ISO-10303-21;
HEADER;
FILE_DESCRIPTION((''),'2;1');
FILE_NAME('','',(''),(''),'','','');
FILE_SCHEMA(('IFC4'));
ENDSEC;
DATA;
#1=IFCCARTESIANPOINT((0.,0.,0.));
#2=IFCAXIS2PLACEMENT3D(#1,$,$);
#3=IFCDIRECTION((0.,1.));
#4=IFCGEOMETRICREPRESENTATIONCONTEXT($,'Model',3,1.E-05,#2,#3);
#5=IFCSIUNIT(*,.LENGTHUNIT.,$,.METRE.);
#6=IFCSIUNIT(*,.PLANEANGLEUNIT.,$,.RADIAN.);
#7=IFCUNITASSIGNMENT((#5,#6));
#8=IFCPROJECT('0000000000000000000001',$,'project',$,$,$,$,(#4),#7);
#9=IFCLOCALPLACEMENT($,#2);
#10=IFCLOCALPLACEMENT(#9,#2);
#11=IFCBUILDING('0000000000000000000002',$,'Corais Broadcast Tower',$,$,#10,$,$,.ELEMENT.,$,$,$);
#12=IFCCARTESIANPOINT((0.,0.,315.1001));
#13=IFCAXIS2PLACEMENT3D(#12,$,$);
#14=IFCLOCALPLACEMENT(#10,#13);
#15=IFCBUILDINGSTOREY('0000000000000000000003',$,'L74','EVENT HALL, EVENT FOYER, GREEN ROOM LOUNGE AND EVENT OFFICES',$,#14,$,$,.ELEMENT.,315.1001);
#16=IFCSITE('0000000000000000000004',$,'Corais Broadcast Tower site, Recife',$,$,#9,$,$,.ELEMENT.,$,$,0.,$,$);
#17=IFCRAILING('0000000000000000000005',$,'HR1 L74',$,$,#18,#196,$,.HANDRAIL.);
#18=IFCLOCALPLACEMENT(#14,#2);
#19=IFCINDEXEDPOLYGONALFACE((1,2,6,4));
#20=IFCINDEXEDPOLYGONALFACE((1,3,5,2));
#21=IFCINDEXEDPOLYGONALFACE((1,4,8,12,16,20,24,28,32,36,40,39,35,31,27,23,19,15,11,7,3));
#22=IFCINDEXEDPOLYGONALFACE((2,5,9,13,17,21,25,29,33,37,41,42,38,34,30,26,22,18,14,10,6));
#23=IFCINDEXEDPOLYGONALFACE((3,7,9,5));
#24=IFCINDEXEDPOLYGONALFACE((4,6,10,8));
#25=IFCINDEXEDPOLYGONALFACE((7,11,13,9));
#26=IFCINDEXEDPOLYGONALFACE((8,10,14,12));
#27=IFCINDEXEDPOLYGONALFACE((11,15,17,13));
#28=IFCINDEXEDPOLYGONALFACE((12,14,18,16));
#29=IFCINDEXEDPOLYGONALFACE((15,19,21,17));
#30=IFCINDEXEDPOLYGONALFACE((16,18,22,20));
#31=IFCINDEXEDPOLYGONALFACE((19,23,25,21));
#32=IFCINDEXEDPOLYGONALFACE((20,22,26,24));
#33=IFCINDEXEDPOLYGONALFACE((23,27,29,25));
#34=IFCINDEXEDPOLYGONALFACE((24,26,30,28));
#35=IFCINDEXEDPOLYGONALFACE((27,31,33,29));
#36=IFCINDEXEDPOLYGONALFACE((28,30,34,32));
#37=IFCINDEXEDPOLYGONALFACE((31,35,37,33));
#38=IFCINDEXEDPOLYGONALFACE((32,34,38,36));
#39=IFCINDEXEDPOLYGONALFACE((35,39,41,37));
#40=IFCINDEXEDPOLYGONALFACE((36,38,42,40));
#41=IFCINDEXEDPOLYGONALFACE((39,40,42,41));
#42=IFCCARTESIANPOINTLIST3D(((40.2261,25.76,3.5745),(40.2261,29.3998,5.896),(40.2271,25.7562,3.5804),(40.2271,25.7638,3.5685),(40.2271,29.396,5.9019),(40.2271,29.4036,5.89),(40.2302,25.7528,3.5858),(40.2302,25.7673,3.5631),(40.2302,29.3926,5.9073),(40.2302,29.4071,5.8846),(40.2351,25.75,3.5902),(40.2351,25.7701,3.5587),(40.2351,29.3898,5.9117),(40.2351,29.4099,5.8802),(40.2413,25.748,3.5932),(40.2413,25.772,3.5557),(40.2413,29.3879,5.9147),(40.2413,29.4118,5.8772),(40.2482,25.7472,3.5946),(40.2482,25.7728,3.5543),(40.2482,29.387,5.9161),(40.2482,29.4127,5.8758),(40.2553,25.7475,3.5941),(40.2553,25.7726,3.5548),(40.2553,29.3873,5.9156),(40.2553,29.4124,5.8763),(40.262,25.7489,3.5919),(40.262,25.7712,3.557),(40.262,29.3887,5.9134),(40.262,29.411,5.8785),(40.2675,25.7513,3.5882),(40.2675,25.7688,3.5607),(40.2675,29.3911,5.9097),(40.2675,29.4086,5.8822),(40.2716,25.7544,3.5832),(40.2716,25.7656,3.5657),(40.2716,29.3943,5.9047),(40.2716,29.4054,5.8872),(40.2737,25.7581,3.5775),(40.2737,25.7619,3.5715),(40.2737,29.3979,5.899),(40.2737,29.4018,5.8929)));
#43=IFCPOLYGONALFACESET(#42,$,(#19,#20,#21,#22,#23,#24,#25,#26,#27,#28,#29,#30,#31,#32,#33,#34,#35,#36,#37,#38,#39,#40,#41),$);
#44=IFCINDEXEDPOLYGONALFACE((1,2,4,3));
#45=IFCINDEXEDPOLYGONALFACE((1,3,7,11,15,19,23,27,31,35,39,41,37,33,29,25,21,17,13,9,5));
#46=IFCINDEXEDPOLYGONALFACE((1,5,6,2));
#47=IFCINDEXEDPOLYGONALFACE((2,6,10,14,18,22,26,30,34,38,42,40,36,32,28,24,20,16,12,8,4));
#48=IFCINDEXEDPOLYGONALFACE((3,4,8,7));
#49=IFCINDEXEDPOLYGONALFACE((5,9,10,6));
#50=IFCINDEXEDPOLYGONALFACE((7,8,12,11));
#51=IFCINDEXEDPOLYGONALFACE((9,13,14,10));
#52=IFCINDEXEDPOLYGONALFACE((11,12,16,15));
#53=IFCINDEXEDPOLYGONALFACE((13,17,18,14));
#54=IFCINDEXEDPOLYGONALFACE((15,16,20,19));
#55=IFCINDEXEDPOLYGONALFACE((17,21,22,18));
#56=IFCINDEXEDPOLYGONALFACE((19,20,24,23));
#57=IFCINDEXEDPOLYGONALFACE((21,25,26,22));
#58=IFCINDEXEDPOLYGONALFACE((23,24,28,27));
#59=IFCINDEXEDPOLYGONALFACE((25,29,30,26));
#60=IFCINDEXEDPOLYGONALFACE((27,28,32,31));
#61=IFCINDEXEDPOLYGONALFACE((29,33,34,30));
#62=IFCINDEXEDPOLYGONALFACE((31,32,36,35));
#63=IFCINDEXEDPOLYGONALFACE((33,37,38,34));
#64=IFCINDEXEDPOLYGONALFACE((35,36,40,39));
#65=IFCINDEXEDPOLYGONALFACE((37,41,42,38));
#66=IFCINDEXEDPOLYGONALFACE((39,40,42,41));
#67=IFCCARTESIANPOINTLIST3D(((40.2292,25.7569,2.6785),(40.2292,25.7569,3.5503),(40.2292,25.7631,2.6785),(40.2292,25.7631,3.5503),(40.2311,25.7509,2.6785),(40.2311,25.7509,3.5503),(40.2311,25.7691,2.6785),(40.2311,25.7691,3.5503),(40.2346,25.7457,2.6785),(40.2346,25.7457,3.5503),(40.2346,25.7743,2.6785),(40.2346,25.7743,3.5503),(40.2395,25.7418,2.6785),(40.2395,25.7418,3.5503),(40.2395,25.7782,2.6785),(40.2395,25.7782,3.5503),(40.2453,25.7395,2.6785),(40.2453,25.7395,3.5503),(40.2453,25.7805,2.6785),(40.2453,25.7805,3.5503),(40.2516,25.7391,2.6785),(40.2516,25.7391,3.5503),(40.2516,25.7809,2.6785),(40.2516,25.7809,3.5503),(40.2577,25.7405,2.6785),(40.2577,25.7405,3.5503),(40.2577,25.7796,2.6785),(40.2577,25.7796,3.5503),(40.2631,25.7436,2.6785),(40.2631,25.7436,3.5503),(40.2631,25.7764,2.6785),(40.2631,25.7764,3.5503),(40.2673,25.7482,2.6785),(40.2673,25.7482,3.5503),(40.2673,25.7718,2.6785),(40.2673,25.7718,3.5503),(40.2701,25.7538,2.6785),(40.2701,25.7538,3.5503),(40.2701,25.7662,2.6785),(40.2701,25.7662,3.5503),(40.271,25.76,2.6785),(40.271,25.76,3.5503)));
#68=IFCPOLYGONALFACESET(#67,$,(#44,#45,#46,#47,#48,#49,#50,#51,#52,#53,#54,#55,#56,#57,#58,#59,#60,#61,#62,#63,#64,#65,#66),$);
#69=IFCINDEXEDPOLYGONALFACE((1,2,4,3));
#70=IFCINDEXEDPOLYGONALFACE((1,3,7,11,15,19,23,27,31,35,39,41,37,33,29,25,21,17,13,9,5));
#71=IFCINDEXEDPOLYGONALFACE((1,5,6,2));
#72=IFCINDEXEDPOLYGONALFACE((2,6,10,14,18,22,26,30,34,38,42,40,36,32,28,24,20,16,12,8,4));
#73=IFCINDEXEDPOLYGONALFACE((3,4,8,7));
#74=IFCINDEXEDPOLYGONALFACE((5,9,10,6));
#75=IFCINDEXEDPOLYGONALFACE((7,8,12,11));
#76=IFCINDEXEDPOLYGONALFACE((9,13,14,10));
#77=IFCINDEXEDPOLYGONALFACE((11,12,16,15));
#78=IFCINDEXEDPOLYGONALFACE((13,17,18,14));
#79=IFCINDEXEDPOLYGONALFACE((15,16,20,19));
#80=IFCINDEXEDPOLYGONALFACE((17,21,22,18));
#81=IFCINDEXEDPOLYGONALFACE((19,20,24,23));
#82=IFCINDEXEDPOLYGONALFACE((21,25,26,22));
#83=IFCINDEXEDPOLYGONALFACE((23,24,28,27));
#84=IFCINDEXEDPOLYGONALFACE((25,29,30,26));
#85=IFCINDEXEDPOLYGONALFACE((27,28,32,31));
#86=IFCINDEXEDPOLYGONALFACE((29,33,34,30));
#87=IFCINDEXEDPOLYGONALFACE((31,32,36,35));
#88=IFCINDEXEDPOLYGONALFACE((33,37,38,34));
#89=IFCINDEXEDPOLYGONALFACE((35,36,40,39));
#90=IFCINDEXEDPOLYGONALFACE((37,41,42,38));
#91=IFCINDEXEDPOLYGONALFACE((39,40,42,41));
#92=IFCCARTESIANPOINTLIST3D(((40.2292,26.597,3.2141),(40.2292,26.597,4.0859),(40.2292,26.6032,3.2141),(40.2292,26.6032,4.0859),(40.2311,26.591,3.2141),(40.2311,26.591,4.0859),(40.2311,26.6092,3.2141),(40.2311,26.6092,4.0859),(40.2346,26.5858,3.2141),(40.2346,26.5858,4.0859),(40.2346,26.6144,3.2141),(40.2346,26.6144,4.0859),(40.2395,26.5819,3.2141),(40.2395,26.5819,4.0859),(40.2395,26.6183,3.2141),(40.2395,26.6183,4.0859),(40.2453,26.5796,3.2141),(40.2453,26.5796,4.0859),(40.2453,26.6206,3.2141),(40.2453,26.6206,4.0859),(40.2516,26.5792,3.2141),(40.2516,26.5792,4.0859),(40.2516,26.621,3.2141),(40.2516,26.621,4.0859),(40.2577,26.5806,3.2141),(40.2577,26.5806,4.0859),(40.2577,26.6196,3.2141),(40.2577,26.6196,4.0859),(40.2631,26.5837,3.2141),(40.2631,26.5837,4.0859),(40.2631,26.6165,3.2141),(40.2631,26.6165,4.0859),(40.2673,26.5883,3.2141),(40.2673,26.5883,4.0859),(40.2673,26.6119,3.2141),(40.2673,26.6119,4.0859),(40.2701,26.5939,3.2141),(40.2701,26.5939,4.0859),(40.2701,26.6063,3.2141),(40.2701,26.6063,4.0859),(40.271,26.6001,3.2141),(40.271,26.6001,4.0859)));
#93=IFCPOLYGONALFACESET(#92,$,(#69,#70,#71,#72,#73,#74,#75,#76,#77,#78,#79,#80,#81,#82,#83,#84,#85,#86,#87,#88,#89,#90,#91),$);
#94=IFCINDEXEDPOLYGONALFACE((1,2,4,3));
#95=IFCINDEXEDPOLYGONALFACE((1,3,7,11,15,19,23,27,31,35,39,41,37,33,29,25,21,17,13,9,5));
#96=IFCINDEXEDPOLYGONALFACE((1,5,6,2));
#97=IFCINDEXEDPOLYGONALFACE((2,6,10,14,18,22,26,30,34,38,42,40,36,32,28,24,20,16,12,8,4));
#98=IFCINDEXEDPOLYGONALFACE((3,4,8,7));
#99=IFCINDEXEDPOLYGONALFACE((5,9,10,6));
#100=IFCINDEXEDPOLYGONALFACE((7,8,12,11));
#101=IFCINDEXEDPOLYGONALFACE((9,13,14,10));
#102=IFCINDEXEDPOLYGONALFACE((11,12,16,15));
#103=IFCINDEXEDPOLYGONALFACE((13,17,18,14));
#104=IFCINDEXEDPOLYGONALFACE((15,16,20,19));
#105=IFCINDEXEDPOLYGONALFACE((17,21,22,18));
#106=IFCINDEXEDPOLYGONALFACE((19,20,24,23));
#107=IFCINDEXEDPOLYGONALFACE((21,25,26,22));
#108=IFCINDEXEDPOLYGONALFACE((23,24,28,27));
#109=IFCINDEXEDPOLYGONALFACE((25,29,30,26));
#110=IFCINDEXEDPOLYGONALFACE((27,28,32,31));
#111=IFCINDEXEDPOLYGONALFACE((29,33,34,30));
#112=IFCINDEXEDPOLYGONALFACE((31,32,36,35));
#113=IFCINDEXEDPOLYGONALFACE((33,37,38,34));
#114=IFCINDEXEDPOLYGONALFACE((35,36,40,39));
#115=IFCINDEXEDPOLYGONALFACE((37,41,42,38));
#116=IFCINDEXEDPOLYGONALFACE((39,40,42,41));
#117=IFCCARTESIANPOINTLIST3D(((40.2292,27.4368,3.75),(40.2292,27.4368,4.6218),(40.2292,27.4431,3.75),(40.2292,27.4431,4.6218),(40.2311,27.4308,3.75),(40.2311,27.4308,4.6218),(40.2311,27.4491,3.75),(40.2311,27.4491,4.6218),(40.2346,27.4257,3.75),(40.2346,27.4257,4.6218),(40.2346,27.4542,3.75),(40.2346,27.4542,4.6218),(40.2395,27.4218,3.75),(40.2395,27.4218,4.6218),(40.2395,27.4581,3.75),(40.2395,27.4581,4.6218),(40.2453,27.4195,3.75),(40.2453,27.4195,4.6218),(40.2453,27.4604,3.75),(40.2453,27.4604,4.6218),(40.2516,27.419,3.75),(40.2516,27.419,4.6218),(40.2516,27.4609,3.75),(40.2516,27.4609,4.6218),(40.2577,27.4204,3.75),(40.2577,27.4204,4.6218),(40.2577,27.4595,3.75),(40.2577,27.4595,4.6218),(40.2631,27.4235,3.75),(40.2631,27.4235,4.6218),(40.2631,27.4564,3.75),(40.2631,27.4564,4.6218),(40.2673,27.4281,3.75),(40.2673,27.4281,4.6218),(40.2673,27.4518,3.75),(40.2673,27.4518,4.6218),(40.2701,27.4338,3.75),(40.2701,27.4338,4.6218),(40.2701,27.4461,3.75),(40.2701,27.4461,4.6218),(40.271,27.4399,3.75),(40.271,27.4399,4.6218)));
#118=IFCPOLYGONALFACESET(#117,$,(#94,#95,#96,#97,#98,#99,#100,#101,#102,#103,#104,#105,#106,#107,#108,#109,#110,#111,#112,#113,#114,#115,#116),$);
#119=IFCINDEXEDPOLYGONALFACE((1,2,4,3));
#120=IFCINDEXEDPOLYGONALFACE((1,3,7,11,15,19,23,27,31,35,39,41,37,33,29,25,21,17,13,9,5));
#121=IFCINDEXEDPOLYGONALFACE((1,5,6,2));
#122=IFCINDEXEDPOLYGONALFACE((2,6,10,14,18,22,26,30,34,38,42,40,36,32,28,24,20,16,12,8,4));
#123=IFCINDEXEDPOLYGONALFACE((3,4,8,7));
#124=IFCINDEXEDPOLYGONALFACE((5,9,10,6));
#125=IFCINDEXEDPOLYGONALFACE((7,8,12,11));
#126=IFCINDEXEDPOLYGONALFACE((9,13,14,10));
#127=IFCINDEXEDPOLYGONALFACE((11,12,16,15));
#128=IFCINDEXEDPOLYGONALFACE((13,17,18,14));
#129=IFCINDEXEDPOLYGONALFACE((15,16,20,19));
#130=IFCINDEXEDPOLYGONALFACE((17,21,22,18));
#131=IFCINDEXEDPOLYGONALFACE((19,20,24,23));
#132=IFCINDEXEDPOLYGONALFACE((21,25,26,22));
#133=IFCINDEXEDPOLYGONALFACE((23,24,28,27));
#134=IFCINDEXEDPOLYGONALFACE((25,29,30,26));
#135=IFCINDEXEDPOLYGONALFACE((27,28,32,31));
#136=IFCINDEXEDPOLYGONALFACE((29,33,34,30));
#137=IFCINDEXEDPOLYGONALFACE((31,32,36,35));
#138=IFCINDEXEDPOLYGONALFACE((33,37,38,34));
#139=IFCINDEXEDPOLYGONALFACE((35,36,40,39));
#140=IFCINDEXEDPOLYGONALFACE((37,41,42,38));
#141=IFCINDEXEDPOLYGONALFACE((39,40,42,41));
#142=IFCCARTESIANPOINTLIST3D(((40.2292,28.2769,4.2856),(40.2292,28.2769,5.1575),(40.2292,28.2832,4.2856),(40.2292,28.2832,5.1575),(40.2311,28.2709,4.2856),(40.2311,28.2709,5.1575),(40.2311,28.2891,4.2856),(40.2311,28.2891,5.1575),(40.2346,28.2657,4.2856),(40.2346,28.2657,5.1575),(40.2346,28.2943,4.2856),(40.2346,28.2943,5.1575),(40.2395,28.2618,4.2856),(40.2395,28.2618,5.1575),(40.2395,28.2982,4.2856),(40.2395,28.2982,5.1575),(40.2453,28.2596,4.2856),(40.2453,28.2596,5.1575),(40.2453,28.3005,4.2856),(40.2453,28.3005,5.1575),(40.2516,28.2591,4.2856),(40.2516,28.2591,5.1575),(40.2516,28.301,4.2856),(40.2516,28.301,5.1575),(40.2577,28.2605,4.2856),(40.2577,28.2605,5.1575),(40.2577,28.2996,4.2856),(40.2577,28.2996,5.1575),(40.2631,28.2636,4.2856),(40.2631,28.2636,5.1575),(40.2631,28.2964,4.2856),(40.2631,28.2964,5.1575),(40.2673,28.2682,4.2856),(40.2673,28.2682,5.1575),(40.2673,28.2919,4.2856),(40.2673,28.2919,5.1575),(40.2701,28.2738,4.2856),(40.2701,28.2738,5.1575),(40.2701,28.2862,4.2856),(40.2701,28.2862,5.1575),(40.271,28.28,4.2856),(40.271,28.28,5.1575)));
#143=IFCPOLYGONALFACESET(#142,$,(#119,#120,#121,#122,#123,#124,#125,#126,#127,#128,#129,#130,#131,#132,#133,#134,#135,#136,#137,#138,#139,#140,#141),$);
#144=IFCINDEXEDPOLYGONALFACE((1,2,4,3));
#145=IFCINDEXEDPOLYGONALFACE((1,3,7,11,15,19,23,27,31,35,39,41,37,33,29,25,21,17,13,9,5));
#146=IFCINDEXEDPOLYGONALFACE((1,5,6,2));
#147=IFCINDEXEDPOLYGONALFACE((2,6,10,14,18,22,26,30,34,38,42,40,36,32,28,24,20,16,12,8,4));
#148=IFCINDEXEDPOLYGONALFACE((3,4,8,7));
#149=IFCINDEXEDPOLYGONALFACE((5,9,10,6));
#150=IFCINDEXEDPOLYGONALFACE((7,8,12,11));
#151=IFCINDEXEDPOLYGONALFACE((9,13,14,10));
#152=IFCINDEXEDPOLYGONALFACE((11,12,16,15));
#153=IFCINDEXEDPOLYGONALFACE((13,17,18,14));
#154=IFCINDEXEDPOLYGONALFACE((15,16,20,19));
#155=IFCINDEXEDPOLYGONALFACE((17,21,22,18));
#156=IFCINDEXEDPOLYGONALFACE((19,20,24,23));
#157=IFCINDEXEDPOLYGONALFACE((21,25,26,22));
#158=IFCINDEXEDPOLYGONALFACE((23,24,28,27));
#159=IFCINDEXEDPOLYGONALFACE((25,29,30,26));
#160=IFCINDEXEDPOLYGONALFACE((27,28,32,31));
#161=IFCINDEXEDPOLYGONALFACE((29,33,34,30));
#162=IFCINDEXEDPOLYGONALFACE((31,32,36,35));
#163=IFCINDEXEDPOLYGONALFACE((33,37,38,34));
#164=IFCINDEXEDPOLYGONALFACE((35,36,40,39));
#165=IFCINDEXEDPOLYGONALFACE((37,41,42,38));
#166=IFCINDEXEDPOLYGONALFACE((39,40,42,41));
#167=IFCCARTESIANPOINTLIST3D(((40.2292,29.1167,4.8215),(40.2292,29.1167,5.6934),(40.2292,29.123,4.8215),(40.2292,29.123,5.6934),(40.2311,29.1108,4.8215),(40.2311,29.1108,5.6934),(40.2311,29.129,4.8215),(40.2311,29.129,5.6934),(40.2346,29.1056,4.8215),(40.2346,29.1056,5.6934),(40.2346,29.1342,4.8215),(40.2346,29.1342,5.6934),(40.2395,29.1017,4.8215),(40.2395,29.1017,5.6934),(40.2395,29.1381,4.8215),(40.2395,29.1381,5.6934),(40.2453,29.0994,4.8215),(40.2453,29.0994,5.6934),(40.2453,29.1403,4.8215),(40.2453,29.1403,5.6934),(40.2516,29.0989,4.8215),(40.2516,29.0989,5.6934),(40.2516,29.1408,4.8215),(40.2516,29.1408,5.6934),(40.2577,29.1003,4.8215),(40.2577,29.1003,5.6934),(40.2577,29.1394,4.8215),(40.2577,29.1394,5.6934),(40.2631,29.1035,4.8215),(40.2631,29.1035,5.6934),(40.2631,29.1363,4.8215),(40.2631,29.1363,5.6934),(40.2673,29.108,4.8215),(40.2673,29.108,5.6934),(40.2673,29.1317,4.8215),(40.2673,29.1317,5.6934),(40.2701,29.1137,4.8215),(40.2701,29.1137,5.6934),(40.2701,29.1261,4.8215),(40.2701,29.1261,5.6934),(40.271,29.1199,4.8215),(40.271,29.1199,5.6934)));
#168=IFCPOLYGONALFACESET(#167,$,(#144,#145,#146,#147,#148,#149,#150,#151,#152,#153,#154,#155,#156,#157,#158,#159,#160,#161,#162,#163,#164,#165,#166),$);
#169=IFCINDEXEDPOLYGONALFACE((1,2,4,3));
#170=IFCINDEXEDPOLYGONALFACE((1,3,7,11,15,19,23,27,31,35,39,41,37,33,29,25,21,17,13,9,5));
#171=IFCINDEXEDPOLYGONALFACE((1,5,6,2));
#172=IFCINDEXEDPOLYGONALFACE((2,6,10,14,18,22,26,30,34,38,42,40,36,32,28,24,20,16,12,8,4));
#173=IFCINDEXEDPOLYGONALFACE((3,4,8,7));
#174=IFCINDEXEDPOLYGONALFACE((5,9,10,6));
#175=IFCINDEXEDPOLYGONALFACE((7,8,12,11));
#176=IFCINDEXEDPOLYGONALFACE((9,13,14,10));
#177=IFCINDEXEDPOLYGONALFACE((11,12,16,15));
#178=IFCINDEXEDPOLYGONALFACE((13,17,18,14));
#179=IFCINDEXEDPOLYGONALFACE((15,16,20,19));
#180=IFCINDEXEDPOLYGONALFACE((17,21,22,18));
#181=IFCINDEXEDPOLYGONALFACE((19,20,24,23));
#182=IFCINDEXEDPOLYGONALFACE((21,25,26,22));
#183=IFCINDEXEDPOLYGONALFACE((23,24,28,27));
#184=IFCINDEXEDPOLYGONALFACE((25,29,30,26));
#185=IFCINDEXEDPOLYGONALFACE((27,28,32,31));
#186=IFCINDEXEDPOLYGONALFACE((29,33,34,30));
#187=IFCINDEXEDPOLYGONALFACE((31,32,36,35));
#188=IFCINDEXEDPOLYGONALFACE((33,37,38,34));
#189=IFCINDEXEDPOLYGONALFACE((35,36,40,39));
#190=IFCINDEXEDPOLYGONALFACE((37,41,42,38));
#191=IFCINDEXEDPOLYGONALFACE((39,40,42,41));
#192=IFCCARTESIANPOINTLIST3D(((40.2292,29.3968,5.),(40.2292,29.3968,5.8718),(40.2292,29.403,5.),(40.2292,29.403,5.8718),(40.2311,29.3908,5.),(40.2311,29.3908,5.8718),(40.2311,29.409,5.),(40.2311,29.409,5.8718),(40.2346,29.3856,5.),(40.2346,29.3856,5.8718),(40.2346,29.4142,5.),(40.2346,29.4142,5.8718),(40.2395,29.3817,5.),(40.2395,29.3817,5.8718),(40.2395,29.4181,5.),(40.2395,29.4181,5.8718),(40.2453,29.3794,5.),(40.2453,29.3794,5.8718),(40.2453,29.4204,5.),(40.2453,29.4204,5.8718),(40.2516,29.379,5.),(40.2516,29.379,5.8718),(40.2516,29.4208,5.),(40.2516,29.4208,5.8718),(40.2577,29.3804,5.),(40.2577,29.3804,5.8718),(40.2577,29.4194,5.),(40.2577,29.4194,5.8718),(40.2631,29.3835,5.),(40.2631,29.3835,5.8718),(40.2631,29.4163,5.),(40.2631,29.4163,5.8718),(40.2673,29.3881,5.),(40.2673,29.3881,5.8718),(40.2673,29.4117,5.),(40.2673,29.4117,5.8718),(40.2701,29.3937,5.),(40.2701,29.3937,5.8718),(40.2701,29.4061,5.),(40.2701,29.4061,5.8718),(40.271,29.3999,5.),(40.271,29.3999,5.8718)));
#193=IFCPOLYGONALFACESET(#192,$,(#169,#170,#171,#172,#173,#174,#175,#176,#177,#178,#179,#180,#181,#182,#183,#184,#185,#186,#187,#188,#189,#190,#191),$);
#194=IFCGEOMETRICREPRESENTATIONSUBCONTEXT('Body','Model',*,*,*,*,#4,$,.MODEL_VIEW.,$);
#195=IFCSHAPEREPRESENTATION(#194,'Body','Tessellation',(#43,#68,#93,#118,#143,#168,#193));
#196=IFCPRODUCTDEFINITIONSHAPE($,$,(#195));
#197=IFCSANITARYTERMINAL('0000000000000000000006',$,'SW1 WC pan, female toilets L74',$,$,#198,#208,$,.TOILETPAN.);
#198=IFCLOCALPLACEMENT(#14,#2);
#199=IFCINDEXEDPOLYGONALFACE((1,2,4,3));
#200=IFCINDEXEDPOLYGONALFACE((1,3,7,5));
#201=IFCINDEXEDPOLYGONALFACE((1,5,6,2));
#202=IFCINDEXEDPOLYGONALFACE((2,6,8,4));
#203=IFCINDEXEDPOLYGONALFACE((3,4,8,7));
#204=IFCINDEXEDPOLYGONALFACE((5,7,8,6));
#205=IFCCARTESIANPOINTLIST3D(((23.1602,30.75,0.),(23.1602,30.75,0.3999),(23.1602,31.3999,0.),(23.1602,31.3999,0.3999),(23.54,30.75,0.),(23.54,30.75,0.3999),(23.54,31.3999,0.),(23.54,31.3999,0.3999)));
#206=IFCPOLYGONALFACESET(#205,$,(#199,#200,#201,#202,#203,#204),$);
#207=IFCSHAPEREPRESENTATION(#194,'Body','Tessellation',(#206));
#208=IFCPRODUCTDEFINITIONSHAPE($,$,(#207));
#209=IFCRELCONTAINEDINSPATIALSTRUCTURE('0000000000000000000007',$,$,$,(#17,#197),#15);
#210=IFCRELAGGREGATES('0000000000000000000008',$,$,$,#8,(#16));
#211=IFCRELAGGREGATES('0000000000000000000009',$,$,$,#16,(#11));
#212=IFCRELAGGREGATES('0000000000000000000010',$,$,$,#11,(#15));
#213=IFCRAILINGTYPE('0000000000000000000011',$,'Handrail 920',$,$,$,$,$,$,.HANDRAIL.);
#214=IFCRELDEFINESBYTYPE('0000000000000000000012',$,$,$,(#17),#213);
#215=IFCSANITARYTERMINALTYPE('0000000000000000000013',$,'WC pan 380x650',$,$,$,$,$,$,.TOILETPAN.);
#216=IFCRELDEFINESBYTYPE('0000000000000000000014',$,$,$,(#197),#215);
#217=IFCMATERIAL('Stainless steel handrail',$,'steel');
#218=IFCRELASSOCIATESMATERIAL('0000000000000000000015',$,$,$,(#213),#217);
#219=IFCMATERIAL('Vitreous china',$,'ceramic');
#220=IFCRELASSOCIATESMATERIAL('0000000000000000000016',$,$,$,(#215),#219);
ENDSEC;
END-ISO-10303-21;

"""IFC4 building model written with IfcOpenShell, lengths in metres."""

from ifc_helpers import new_model, si_unit, direction, frame, origin, origin_2d, place, context, subcontext, project, spatial, rectangle, circle, extrude, material, type_object, element, save


model = new_model("IFC4")

# Units and contexts
model_context = context("Model", 3, precision=1e-05, world=origin(), true_north=direction((0.0, 1.0)))
body_context = subcontext(model_context, "Body", "Model", "MODEL_VIEW")
ifc_project = project(units=[si_unit("LENGTHUNIT", "METRE"), si_unit("PLANEANGLEUNIT", "RADIAN")], contexts=[model_context])

# Site, building, storey
site_placement = place(None, origin())
site = spatial("IfcSite", under=ifc_project, at=site_placement, Name="Corais Broadcast Tower site, Recife", CompositionType="ELEMENT", RefElevation=0.0)
building_placement = place(site_placement, origin())
building = spatial("IfcBuilding", under=site, at=building_placement, Name="Corais Broadcast Tower", CompositionType="ELEMENT")
storey_placement = place(building_placement, frame((0.0, 0.0, 315.1001)))
storey = spatial("IfcBuildingStorey", under=building, at=storey_placement, Name="L74", Description="EVENT HALL, EVENT FOYER, GREEN ROOM LOUNGE AND EVENT OFFICES", CompositionType="ELEMENT", Elevation=315.1001)

# Railing
ifc_material_1 = material(Name="Stainless steel handrail", Category="steel")
railing_type = type_object("IfcRailingType", Name="Handrail 920", PredefinedType="HANDRAIL", material=ifc_material_1)
railing_placement = place(storey_placement, frame((40.25, 25.76, 2.6785)))
element("IfcRailing", 1, at=railing_placement, inside=storey, type_object=railing_type, Name="HR1 L74", PredefinedType="HANDRAIL", context=body_context, shape_type="SweptSolid", body=[
    extrude(circle(Radius=0.0239, at=origin_2d()), frame((0.0, 0.0, 0.896), z_axis=(0.0, 0.843112, 0.537739), x_axis=(-1.0, 0.0, 0.0)), (0.0, 0.0, 1.0), 4.3171),
    extrude(circle(Radius=0.021, at=origin_2d()), origin(), (0.0, 0.0, 1.0), 0.8718),
    extrude(circle(Radius=0.021, at=origin_2d()), frame((0.0, 0.8401, 0.5356)), (0.0, 0.0, 1.0), 0.8718),
    extrude(circle(Radius=0.021, at=origin_2d()), frame((0.0, 1.6799, 1.0715)), (0.0, 0.0, 1.0), 0.8718),
    extrude(circle(Radius=0.021, at=origin_2d()), frame((0.0, 2.52, 1.6072)), (0.0, 0.0, 1.0), 0.8718),
    extrude(circle(Radius=0.021, at=origin_2d()), frame((0.0, 3.3599, 2.1431)), (0.0, 0.0, 1.0), 0.8718),
    extrude(circle(Radius=0.021, at=origin_2d()), frame((0.0, 3.6399, 2.3215)), (0.0, 0.0, 1.0), 0.8718),
])

# Sanitary terminal
ifc_material_2 = material(Name="Vitreous china", Category="ceramic")
sanitary_terminal_type_1 = type_object("IfcSanitaryTerminalType", Name="WC pan 380x650", PredefinedType="TOILETPAN", material=ifc_material_2)
for number, where, z_axis, x_axis, name in (
    (2, (23.3501, 31.075, 0.0), (0.0, 0.0, 1.0), (1.0, 0.0, 0.0), "SW1 WC pan, female toilets L74"),
):
    element("IfcSanitaryTerminal", number, at=place(storey_placement, frame(where, z_axis=z_axis, x_axis=x_axis)), inside=storey, type_object=sanitary_terminal_type_1, Name=name, PredefinedType="TOILETPAN", context=body_context, shape_type="SweptSolid", body=[
        extrude(rectangle(XDim=0.3799, YDim=0.6499, at=origin_2d()), origin(), (0.0, 0.0, 1.0), 0.3999),
    ])

save(model, "model.ifc")
